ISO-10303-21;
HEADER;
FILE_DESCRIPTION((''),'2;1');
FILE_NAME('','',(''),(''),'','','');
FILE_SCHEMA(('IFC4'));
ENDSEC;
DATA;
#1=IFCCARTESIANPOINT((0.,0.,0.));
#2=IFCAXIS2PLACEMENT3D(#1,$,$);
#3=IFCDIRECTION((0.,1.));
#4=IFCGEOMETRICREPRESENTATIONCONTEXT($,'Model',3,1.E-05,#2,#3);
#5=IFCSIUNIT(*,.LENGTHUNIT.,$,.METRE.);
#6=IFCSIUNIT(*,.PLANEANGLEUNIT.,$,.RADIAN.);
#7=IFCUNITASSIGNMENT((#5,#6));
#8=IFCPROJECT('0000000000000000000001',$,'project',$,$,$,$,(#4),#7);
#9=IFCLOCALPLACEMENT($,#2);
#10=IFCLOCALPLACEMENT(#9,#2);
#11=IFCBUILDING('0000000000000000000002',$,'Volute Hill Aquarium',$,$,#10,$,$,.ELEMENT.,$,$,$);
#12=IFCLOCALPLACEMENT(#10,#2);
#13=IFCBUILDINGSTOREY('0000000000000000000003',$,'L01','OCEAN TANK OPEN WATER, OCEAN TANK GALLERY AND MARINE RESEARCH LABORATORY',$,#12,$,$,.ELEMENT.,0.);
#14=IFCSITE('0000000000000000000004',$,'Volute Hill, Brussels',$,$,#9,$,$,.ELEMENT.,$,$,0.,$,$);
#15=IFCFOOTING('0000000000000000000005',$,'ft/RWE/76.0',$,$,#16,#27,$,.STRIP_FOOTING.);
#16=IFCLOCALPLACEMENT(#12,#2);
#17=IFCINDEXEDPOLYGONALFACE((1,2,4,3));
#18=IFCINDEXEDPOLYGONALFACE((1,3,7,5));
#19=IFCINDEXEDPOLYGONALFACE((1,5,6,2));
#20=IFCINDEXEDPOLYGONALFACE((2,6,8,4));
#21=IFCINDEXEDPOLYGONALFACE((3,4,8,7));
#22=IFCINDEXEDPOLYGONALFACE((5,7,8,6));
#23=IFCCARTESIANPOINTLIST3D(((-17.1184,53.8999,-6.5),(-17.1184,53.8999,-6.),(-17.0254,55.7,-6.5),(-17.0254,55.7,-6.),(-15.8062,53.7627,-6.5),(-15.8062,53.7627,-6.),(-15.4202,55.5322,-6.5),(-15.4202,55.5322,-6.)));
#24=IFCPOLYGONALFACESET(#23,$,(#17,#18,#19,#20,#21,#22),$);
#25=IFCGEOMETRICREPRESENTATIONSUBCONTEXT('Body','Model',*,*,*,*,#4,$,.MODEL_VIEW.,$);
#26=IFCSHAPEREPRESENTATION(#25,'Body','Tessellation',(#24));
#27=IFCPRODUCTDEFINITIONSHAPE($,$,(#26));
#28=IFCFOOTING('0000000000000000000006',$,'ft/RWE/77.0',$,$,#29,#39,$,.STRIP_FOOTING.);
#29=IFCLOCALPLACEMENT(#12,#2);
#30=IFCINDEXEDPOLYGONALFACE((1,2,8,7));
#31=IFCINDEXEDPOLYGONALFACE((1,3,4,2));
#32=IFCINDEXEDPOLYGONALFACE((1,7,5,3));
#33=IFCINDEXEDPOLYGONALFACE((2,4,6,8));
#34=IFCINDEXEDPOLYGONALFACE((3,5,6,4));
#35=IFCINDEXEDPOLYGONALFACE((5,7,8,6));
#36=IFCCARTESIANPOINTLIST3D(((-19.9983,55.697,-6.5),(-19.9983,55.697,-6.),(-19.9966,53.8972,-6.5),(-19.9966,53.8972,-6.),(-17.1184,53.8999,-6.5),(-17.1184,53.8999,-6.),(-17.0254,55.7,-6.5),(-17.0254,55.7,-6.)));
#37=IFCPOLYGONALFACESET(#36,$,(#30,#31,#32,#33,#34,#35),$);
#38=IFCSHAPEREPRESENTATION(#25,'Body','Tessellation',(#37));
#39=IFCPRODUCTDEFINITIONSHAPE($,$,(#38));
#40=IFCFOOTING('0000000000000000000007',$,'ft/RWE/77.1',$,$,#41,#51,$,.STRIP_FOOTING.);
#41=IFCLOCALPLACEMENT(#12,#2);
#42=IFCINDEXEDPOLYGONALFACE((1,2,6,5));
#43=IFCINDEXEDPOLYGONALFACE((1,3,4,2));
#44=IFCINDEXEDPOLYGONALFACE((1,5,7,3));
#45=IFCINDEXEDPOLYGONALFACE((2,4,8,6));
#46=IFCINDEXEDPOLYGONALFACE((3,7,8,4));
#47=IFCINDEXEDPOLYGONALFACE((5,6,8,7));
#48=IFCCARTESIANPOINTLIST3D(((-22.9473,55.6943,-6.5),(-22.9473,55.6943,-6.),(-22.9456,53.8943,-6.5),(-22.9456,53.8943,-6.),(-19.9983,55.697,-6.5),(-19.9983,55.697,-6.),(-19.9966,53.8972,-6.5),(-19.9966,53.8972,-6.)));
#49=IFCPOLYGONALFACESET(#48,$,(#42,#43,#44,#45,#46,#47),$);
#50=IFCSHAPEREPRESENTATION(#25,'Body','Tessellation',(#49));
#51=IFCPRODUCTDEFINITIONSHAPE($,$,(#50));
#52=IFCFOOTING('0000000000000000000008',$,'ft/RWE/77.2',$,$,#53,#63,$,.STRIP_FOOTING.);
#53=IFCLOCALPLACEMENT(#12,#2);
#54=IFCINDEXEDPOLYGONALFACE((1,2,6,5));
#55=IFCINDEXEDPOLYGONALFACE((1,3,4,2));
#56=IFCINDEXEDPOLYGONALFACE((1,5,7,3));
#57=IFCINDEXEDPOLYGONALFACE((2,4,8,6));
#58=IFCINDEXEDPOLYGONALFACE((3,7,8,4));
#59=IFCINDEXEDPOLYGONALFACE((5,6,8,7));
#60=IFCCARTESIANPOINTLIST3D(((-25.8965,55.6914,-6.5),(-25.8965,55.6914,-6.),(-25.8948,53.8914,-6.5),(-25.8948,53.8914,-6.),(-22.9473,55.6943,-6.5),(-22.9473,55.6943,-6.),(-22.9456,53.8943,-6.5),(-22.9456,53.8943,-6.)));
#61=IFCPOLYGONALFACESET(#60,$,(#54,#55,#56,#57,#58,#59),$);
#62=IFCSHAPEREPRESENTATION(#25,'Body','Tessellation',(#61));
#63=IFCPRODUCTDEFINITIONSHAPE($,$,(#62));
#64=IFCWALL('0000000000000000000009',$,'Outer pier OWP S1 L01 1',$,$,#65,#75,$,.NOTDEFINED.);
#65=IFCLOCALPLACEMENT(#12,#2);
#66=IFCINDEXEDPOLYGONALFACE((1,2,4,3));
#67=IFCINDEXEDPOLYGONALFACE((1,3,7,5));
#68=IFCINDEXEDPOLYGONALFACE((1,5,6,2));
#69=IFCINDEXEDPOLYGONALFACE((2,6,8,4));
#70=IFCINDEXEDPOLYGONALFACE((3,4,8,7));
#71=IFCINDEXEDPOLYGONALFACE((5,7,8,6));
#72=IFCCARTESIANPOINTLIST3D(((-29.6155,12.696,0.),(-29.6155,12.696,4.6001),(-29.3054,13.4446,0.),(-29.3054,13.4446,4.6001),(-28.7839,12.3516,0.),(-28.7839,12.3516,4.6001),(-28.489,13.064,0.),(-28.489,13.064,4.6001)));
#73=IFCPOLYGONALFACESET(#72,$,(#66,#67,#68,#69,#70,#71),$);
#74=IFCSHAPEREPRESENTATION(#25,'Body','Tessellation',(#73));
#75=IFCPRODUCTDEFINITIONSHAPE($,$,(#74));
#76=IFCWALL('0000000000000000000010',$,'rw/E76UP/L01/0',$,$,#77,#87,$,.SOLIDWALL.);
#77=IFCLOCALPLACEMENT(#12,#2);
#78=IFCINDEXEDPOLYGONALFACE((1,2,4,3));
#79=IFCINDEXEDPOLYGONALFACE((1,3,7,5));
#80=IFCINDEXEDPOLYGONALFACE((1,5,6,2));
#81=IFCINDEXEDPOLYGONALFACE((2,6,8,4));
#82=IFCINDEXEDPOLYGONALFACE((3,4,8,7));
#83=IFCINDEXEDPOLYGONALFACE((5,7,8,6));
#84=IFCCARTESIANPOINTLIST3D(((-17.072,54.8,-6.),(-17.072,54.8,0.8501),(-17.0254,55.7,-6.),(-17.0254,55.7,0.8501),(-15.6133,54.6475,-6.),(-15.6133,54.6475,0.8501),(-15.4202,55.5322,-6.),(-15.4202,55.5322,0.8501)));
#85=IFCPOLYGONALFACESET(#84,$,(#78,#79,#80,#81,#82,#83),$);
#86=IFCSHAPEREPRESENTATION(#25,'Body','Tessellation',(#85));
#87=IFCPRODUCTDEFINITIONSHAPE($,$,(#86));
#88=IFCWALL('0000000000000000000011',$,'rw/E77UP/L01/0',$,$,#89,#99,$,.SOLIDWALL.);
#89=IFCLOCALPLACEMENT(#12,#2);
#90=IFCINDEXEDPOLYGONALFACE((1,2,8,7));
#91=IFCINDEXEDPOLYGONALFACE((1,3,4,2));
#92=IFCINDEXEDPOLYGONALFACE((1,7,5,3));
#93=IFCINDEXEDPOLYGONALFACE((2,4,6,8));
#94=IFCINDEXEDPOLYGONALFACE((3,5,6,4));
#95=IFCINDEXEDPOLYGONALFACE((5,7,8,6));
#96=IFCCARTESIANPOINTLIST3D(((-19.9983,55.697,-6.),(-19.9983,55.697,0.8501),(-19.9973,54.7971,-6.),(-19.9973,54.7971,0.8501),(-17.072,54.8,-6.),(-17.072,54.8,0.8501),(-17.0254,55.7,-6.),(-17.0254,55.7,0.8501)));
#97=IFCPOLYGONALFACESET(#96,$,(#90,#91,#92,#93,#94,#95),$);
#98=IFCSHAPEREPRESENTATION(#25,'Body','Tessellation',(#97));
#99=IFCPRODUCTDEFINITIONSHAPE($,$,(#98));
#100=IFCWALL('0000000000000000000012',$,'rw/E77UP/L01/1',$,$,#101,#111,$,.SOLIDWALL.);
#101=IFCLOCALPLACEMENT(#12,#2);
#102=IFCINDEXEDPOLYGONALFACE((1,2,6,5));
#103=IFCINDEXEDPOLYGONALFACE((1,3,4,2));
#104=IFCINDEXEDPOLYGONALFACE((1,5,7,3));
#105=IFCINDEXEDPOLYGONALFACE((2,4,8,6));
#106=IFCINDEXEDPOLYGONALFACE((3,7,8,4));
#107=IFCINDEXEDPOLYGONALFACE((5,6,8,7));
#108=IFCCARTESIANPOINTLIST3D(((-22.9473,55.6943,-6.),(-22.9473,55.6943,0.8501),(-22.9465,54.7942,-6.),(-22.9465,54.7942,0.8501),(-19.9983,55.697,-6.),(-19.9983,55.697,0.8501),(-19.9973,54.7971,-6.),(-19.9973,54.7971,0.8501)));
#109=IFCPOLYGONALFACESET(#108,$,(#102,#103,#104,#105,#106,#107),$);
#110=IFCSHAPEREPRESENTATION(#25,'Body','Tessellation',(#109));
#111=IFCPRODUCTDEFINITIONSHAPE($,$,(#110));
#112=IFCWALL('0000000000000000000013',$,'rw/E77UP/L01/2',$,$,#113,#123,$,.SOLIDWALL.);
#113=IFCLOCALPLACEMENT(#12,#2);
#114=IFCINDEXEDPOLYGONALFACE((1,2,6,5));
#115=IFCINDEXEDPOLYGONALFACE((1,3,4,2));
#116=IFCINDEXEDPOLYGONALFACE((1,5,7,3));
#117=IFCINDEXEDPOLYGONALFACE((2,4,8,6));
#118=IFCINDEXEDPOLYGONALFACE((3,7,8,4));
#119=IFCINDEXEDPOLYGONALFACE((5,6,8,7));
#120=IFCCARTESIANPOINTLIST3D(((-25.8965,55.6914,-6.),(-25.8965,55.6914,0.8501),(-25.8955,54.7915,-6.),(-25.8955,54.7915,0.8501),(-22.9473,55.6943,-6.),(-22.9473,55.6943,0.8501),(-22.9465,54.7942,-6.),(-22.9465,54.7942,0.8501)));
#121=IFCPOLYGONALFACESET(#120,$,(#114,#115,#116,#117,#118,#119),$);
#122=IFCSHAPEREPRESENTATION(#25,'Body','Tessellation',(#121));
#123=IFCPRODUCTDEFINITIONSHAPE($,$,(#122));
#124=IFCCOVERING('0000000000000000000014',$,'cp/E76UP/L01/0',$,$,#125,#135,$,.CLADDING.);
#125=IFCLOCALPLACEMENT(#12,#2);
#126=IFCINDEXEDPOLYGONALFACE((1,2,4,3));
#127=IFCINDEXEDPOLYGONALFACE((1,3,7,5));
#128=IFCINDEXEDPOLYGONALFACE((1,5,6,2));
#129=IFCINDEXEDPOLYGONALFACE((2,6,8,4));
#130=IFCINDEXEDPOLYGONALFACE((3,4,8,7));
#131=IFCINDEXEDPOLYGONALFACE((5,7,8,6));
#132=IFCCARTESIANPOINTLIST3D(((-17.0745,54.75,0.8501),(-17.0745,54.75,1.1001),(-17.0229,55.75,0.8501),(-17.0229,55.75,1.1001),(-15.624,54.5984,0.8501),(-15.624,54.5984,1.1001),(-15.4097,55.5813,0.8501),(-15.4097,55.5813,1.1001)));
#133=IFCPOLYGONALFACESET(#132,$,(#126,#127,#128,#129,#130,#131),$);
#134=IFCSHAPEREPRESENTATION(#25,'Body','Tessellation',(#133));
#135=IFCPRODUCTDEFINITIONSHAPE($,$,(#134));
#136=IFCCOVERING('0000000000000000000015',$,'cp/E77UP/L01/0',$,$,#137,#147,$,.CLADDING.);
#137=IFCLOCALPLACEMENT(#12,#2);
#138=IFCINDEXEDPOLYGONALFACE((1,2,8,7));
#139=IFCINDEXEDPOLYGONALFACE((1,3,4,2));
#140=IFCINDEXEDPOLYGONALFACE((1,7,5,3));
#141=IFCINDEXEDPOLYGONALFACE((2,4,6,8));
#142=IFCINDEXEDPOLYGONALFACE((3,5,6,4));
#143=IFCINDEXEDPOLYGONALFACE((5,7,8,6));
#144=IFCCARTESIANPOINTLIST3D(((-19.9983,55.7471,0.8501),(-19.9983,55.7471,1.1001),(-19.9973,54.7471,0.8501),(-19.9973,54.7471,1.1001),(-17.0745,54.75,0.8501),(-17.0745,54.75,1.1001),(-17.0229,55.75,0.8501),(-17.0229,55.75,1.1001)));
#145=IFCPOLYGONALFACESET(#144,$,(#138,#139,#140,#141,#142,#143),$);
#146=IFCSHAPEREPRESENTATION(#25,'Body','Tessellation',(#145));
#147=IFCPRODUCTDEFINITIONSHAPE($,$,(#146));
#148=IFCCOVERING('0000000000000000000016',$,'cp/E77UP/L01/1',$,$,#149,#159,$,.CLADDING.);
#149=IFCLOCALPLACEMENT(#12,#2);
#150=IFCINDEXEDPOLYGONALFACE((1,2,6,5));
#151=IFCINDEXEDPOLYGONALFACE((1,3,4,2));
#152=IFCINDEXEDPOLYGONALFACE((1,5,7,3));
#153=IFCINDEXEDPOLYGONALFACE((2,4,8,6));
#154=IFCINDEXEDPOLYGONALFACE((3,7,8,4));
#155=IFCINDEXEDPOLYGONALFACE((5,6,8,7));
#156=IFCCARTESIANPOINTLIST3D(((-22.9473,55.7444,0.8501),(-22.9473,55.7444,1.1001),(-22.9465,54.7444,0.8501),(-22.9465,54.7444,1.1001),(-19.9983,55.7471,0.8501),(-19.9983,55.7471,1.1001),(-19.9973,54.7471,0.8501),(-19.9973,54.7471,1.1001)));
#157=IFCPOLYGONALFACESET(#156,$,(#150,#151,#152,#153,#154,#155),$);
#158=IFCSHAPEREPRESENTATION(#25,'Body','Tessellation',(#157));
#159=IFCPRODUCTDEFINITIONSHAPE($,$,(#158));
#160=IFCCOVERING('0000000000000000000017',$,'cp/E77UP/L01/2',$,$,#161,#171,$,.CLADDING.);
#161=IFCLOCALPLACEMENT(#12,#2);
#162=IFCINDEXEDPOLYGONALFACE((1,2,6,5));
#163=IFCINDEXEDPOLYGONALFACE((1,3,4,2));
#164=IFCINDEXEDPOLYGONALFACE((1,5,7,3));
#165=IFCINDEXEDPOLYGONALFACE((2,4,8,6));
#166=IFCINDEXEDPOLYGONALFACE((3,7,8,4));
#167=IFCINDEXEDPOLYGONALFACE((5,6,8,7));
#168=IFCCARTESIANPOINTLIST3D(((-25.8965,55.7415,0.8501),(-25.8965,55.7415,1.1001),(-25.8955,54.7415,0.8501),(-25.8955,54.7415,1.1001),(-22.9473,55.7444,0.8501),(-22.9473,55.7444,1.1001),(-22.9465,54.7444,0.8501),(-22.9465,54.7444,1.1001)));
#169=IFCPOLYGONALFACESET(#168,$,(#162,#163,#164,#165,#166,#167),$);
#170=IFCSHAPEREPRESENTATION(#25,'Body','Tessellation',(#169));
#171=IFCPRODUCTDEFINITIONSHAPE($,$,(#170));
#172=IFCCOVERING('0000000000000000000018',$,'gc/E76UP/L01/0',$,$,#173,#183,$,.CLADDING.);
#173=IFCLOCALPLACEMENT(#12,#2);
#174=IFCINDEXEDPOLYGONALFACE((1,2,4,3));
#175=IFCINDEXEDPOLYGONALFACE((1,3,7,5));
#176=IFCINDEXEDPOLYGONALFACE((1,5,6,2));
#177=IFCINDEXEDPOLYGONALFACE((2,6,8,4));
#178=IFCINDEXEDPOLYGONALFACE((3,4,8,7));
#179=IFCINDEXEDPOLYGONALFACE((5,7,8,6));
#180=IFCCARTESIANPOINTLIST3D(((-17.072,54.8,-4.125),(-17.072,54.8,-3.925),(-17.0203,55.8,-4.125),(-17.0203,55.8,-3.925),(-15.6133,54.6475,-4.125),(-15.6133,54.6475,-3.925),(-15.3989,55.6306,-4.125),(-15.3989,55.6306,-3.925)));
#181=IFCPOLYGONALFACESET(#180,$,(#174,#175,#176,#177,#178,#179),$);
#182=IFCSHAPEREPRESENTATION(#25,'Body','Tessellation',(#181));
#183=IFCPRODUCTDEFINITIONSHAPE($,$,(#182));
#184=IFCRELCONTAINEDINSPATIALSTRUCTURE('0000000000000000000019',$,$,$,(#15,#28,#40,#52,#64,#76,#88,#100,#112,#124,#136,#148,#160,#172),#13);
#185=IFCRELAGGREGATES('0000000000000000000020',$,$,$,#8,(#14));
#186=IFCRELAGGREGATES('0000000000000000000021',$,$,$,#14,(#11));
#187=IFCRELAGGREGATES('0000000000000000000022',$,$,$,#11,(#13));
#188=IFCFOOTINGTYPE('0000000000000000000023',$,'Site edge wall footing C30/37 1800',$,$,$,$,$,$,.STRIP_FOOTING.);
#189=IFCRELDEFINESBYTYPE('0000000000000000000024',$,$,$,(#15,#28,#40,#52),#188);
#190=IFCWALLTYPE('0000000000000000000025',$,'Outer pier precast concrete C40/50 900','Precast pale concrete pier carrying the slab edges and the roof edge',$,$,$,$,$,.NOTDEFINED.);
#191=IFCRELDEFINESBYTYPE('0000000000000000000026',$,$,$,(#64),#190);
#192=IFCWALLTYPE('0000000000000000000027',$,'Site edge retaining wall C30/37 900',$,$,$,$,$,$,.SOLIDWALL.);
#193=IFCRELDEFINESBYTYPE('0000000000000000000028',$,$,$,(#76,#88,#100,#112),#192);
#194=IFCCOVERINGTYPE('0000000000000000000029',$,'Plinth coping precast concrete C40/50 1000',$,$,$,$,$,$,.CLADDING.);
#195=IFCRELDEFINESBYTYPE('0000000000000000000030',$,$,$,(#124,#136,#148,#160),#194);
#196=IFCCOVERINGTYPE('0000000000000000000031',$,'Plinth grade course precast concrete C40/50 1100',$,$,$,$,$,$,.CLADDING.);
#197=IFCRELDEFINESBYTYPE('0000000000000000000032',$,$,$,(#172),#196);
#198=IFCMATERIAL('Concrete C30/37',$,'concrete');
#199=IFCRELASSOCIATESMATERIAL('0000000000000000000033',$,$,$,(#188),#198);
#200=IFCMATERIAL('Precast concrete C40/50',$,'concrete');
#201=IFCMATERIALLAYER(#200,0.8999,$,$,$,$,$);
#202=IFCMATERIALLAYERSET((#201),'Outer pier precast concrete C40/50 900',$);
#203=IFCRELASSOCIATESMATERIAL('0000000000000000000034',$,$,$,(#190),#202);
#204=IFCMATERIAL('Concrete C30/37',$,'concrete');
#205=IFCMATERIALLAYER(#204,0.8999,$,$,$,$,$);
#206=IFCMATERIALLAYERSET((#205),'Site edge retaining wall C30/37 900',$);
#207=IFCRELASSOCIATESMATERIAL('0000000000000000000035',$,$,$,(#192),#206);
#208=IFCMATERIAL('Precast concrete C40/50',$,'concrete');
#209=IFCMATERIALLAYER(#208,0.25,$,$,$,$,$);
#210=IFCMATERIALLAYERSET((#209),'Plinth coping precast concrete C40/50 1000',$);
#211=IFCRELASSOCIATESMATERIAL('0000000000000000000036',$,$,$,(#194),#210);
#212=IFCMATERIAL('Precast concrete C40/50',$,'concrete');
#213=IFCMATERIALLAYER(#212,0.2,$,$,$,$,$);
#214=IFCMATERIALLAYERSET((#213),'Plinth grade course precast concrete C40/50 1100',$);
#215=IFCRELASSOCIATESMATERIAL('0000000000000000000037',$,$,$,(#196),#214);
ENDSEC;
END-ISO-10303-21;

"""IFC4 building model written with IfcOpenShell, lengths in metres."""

from ifc_helpers import new_model, si_unit, direction, frame, origin, place, context, subcontext, project, spatial, polyline, outline, extrude, material, layer, layer_set, type_object, element, save


model = new_model("IFC4")

# Units and contexts
model_context = context("Model", 3, precision=1e-05, world=origin(), true_north=direction((0.0, 1.0)))
body_context = subcontext(model_context, "Body", "Model", "MODEL_VIEW")
ifc_project = project(units=[si_unit("LENGTHUNIT", "METRE"), si_unit("PLANEANGLEUNIT", "RADIAN")], contexts=[model_context])

# Site, building, storey
site_placement = place(None, origin())
site = spatial("IfcSite", under=ifc_project, at=site_placement, Name="Volute Hill, Brussels", CompositionType="ELEMENT", RefElevation=0.0)
building_placement = place(site_placement, origin())
building = spatial("IfcBuilding", under=site, at=building_placement, Name="Volute Hill Aquarium", CompositionType="ELEMENT")
storey_placement = place(building_placement, origin())
storey = spatial("IfcBuildingStorey", under=building, at=storey_placement, Name="L01", Description="OCEAN TANK OPEN WATER, OCEAN TANK GALLERY AND MARINE RESEARCH LABORATORY", CompositionType="ELEMENT", Elevation=0.0)

# Footings
ifc_material_1 = material(Name="Concrete C30/37", Category="concrete")
footing_type = type_object("IfcFootingType", Name="Site edge wall footing C30/37 1800", PredefinedType="STRIP_FOOTING", material=ifc_material_1)
footing_1_placement = place(storey_placement, frame((0.0, 0.0, -6.5)))
element("IfcFooting", 1, at=footing_1_placement, inside=storey, type_object=footing_type, Name="ft/RWE/76.0", PredefinedType="STRIP_FOOTING", context=body_context, shape_type="SweptSolid", body=[
    extrude(outline(polyline([(-17.0254, 55.7), (-17.0254, 55.7), (-17.1184, 53.8999), (-17.1184, 53.8999), (-15.8062, 53.7627), (-15.8062, 53.7627), (-15.4202, 55.5322), (-15.4202, 55.5322), (-17.0254, 55.7)])), origin(), (0.0, 0.0, 1.0), 0.5),
])
footing_2_placement = place(storey_placement, frame((0.0, 0.0, -6.5)))
element("IfcFooting", 2, at=footing_2_placement, inside=storey, type_object=footing_type, Name="ft/RWE/77.0", PredefinedType="STRIP_FOOTING", context=body_context, shape_type="SweptSolid", body=[
    extrude(outline(polyline([(-17.0254, 55.7), (-19.9983, 55.697), (-19.9966, 53.8972), (-17.1184, 53.8999), (-17.0254, 55.7)])), origin(), (0.0, 0.0, 1.0), 0.5),
])
footing_3_placement = place(storey_placement, frame((0.0, 0.0, -6.5)))
element("IfcFooting", 3, at=footing_3_placement, inside=storey, type_object=footing_type, Name="ft/RWE/77.1", PredefinedType="STRIP_FOOTING", context=body_context, shape_type="SweptSolid", body=[
    extrude(outline(polyline([(-19.9983, 55.697), (-22.9473, 55.6943), (-22.9456, 53.8943), (-19.9966, 53.8972), (-19.9983, 55.697)])), origin(), (0.0, 0.0, 1.0), 0.5),
])
footing_4_placement = place(storey_placement, frame((0.0, 0.0, -6.5)))
element("IfcFooting", 4, at=footing_4_placement, inside=storey, type_object=footing_type, Name="ft/RWE/77.2", PredefinedType="STRIP_FOOTING", context=body_context, shape_type="SweptSolid", body=[
    extrude(outline(polyline([(-22.9473, 55.6943), (-25.8965, 55.6914), (-25.8948, 53.8914), (-22.9456, 53.8943), (-22.9473, 55.6943)])), origin(), (0.0, 0.0, 1.0), 0.5),
])

# Walls
ifc_material_2 = material(Name="Precast concrete C40/50", Category="concrete")
ifc_layer_1 = layer(ifc_material_2, 0.8999)
ifc_layer_set_1 = layer_set([ifc_layer_1], Name="Outer pier precast concrete C40/50 900")
wall_type_1 = type_object("IfcWallType", Name="Outer pier precast concrete C40/50 900", Description="Precast pale concrete pier carrying the slab edges and the roof edge", PredefinedType="NOTDEFINED", material=ifc_layer_set_1)
wall_1_placement = place(storey_placement, origin())
element("IfcWall", 5, at=wall_1_placement, inside=storey, type_object=wall_type_1, Name="Outer pier OWP S1 L01 1", PredefinedType="NOTDEFINED", context=body_context, shape_type="SweptSolid", body=[
    extrude(outline(polyline([(-28.489, 13.064), (-29.3054, 13.4446), (-29.6155, 12.696), (-28.7839, 12.3516), (-28.489, 13.064)])), origin(), (0.0, 0.0, 1.0), 4.6001),
])
ifc_material_3 = material(Name="Concrete C30/37", Category="concrete")
ifc_layer_2 = layer(ifc_material_3, 0.8999)
ifc_layer_set_2 = layer_set([ifc_layer_2], Name="Site edge retaining wall C30/37 900")
wall_type_2 = type_object("IfcWallType", Name="Site edge retaining wall C30/37 900", PredefinedType="SOLIDWALL", material=ifc_layer_set_2)
wall_2_placement = place(storey_placement, frame((0.0, 0.0, -6.0)))
element("IfcWall", 6, at=wall_2_placement, inside=storey, type_object=wall_type_2, Name="rw/E76UP/L01/0", PredefinedType="SOLIDWALL", context=body_context, shape_type="SweptSolid", body=[
    extrude(outline(polyline([(-17.0254, 55.7), (-17.0254, 55.7), (-17.072, 54.8), (-15.6133, 54.6475), (-15.4202, 55.5322), (-15.4202, 55.5322), (-17.0254, 55.7)])), origin(), (0.0, 0.0, 1.0), 6.8501),
])
wall_3_placement = place(storey_placement, frame((0.0, 0.0, -6.0)))
element("IfcWall", 7, at=wall_3_placement, inside=storey, type_object=wall_type_2, Name="rw/E77UP/L01/0", PredefinedType="SOLIDWALL", context=body_context, shape_type="SweptSolid", body=[
    extrude(outline(polyline([(-17.0254, 55.7), (-19.9983, 55.697), (-19.9973, 54.7971), (-17.072, 54.8), (-17.072, 54.8), (-17.0254, 55.7)])), origin(), (0.0, 0.0, 1.0), 6.8501),
])
wall_4_placement = place(storey_placement, frame((0.0, 0.0, -6.0)))
element("IfcWall", 8, at=wall_4_placement, inside=storey, type_object=wall_type_2, Name="rw/E77UP/L01/1", PredefinedType="SOLIDWALL", context=body_context, shape_type="SweptSolid", body=[
    extrude(outline(polyline([(-19.9983, 55.697), (-22.9473, 55.6943), (-22.9465, 54.7942), (-19.9973, 54.7971), (-19.9983, 55.697)])), origin(), (0.0, 0.0, 1.0), 6.8501),
])
wall_5_placement = place(storey_placement, frame((0.0, 0.0, -6.0)))
element("IfcWall", 9, at=wall_5_placement, inside=storey, type_object=wall_type_2, Name="rw/E77UP/L01/2", PredefinedType="SOLIDWALL", context=body_context, shape_type="SweptSolid", body=[
    extrude(outline(polyline([(-22.9473, 55.6943), (-25.8965, 55.6914), (-25.8955, 54.7915), (-22.9465, 54.7942), (-22.9473, 55.6943)])), origin(), (0.0, 0.0, 1.0), 6.8501),
])

# Coverings
ifc_material_4 = material(Name="Precast concrete C40/50", Category="concrete")
ifc_layer_3 = layer(ifc_material_4, 0.25)
ifc_layer_set_3 = layer_set([ifc_layer_3], Name="Plinth coping precast concrete C40/50 1000")
covering_type_1 = type_object("IfcCoveringType", Name="Plinth coping precast concrete C40/50 1000", PredefinedType="CLADDING", material=ifc_layer_set_3)
covering_1_placement = place(storey_placement, frame((0.0, 0.0, 0.8501)))
element("IfcCovering", 10, at=covering_1_placement, inside=storey, type_object=covering_type_1, Name="cp/E76UP/L01/0", PredefinedType="CLADDING", context=body_context, shape_type="SweptSolid", body=[
    extrude(outline(polyline([(-15.4097, 55.5813), (-17.0229, 55.75), (-17.0745, 54.75), (-17.0745, 54.75), (-15.624, 54.5984), (-15.624, 54.5984), (-15.4097, 55.5813)])), origin(), (0.0, 0.0, 1.0), 0.25),
])
covering_2_placement = place(storey_placement, frame((0.0, 0.0, 0.8501)))
element("IfcCovering", 11, at=covering_2_placement, inside=storey, type_object=covering_type_1, Name="cp/E77UP/L01/0", PredefinedType="CLADDING", context=body_context, shape_type="SweptSolid", body=[
    extrude(outline(polyline([(-17.0229, 55.75), (-19.9983, 55.7471), (-19.9973, 54.7471), (-17.0745, 54.75), (-17.0229, 55.75), (-17.0229, 55.75)])), origin(), (0.0, 0.0, 1.0), 0.25),
])
covering_3_placement = place(storey_placement, frame((0.0, 0.0, 0.8501)))
element("IfcCovering", 12, at=covering_3_placement, inside=storey, type_object=covering_type_1, Name="cp/E77UP/L01/1", PredefinedType="CLADDING", context=body_context, shape_type="SweptSolid", body=[
    extrude(outline(polyline([(-19.9983, 55.7471), (-22.9473, 55.7444), (-22.9465, 54.7444), (-19.9973, 54.7471), (-19.9983, 55.7471)])), origin(), (0.0, 0.0, 1.0), 0.25),
])
covering_4_placement = place(storey_placement, frame((0.0, 0.0, 0.8501)))
element("IfcCovering", 13, at=covering_4_placement, inside=storey, type_object=covering_type_1, Name="cp/E77UP/L01/2", PredefinedType="CLADDING", context=body_context, shape_type="SweptSolid", body=[
    extrude(outline(polyline([(-22.9473, 55.7444), (-25.8965, 55.7415), (-25.8955, 54.7415), (-22.9465, 54.7444), (-22.9473, 55.7444)])), origin(), (0.0, 0.0, 1.0), 0.25),
])
ifc_material_5 = material(Name="Precast concrete C40/50", Category="concrete")
ifc_layer_4 = layer(ifc_material_5, 0.2)
ifc_layer_set_4 = layer_set([ifc_layer_4], Name="Plinth grade course precast concrete C40/50 1100")
covering_type_2 = type_object("IfcCoveringType", Name="Plinth grade course precast concrete C40/50 1100", PredefinedType="CLADDING", material=ifc_layer_set_4)
covering_5_placement = place(storey_placement, frame((0.0, 0.0, -4.125)))
element("IfcCovering", 14, at=covering_5_placement, inside=storey, type_object=covering_type_2, Name="gc/E76UP/L01/0", PredefinedType="CLADDING", context=body_context, shape_type="SweptSolid", body=[
    extrude(outline(polyline([(-17.0203, 55.8), (-17.0203, 55.8), (-17.072, 54.8), (-15.6133, 54.6475), (-15.3989, 55.6306), (-15.3989, 55.6306), (-17.0203, 55.8)])), origin(), (0.0, 0.0, 1.0), 0.2),
])

save(model, "model.ifc")
